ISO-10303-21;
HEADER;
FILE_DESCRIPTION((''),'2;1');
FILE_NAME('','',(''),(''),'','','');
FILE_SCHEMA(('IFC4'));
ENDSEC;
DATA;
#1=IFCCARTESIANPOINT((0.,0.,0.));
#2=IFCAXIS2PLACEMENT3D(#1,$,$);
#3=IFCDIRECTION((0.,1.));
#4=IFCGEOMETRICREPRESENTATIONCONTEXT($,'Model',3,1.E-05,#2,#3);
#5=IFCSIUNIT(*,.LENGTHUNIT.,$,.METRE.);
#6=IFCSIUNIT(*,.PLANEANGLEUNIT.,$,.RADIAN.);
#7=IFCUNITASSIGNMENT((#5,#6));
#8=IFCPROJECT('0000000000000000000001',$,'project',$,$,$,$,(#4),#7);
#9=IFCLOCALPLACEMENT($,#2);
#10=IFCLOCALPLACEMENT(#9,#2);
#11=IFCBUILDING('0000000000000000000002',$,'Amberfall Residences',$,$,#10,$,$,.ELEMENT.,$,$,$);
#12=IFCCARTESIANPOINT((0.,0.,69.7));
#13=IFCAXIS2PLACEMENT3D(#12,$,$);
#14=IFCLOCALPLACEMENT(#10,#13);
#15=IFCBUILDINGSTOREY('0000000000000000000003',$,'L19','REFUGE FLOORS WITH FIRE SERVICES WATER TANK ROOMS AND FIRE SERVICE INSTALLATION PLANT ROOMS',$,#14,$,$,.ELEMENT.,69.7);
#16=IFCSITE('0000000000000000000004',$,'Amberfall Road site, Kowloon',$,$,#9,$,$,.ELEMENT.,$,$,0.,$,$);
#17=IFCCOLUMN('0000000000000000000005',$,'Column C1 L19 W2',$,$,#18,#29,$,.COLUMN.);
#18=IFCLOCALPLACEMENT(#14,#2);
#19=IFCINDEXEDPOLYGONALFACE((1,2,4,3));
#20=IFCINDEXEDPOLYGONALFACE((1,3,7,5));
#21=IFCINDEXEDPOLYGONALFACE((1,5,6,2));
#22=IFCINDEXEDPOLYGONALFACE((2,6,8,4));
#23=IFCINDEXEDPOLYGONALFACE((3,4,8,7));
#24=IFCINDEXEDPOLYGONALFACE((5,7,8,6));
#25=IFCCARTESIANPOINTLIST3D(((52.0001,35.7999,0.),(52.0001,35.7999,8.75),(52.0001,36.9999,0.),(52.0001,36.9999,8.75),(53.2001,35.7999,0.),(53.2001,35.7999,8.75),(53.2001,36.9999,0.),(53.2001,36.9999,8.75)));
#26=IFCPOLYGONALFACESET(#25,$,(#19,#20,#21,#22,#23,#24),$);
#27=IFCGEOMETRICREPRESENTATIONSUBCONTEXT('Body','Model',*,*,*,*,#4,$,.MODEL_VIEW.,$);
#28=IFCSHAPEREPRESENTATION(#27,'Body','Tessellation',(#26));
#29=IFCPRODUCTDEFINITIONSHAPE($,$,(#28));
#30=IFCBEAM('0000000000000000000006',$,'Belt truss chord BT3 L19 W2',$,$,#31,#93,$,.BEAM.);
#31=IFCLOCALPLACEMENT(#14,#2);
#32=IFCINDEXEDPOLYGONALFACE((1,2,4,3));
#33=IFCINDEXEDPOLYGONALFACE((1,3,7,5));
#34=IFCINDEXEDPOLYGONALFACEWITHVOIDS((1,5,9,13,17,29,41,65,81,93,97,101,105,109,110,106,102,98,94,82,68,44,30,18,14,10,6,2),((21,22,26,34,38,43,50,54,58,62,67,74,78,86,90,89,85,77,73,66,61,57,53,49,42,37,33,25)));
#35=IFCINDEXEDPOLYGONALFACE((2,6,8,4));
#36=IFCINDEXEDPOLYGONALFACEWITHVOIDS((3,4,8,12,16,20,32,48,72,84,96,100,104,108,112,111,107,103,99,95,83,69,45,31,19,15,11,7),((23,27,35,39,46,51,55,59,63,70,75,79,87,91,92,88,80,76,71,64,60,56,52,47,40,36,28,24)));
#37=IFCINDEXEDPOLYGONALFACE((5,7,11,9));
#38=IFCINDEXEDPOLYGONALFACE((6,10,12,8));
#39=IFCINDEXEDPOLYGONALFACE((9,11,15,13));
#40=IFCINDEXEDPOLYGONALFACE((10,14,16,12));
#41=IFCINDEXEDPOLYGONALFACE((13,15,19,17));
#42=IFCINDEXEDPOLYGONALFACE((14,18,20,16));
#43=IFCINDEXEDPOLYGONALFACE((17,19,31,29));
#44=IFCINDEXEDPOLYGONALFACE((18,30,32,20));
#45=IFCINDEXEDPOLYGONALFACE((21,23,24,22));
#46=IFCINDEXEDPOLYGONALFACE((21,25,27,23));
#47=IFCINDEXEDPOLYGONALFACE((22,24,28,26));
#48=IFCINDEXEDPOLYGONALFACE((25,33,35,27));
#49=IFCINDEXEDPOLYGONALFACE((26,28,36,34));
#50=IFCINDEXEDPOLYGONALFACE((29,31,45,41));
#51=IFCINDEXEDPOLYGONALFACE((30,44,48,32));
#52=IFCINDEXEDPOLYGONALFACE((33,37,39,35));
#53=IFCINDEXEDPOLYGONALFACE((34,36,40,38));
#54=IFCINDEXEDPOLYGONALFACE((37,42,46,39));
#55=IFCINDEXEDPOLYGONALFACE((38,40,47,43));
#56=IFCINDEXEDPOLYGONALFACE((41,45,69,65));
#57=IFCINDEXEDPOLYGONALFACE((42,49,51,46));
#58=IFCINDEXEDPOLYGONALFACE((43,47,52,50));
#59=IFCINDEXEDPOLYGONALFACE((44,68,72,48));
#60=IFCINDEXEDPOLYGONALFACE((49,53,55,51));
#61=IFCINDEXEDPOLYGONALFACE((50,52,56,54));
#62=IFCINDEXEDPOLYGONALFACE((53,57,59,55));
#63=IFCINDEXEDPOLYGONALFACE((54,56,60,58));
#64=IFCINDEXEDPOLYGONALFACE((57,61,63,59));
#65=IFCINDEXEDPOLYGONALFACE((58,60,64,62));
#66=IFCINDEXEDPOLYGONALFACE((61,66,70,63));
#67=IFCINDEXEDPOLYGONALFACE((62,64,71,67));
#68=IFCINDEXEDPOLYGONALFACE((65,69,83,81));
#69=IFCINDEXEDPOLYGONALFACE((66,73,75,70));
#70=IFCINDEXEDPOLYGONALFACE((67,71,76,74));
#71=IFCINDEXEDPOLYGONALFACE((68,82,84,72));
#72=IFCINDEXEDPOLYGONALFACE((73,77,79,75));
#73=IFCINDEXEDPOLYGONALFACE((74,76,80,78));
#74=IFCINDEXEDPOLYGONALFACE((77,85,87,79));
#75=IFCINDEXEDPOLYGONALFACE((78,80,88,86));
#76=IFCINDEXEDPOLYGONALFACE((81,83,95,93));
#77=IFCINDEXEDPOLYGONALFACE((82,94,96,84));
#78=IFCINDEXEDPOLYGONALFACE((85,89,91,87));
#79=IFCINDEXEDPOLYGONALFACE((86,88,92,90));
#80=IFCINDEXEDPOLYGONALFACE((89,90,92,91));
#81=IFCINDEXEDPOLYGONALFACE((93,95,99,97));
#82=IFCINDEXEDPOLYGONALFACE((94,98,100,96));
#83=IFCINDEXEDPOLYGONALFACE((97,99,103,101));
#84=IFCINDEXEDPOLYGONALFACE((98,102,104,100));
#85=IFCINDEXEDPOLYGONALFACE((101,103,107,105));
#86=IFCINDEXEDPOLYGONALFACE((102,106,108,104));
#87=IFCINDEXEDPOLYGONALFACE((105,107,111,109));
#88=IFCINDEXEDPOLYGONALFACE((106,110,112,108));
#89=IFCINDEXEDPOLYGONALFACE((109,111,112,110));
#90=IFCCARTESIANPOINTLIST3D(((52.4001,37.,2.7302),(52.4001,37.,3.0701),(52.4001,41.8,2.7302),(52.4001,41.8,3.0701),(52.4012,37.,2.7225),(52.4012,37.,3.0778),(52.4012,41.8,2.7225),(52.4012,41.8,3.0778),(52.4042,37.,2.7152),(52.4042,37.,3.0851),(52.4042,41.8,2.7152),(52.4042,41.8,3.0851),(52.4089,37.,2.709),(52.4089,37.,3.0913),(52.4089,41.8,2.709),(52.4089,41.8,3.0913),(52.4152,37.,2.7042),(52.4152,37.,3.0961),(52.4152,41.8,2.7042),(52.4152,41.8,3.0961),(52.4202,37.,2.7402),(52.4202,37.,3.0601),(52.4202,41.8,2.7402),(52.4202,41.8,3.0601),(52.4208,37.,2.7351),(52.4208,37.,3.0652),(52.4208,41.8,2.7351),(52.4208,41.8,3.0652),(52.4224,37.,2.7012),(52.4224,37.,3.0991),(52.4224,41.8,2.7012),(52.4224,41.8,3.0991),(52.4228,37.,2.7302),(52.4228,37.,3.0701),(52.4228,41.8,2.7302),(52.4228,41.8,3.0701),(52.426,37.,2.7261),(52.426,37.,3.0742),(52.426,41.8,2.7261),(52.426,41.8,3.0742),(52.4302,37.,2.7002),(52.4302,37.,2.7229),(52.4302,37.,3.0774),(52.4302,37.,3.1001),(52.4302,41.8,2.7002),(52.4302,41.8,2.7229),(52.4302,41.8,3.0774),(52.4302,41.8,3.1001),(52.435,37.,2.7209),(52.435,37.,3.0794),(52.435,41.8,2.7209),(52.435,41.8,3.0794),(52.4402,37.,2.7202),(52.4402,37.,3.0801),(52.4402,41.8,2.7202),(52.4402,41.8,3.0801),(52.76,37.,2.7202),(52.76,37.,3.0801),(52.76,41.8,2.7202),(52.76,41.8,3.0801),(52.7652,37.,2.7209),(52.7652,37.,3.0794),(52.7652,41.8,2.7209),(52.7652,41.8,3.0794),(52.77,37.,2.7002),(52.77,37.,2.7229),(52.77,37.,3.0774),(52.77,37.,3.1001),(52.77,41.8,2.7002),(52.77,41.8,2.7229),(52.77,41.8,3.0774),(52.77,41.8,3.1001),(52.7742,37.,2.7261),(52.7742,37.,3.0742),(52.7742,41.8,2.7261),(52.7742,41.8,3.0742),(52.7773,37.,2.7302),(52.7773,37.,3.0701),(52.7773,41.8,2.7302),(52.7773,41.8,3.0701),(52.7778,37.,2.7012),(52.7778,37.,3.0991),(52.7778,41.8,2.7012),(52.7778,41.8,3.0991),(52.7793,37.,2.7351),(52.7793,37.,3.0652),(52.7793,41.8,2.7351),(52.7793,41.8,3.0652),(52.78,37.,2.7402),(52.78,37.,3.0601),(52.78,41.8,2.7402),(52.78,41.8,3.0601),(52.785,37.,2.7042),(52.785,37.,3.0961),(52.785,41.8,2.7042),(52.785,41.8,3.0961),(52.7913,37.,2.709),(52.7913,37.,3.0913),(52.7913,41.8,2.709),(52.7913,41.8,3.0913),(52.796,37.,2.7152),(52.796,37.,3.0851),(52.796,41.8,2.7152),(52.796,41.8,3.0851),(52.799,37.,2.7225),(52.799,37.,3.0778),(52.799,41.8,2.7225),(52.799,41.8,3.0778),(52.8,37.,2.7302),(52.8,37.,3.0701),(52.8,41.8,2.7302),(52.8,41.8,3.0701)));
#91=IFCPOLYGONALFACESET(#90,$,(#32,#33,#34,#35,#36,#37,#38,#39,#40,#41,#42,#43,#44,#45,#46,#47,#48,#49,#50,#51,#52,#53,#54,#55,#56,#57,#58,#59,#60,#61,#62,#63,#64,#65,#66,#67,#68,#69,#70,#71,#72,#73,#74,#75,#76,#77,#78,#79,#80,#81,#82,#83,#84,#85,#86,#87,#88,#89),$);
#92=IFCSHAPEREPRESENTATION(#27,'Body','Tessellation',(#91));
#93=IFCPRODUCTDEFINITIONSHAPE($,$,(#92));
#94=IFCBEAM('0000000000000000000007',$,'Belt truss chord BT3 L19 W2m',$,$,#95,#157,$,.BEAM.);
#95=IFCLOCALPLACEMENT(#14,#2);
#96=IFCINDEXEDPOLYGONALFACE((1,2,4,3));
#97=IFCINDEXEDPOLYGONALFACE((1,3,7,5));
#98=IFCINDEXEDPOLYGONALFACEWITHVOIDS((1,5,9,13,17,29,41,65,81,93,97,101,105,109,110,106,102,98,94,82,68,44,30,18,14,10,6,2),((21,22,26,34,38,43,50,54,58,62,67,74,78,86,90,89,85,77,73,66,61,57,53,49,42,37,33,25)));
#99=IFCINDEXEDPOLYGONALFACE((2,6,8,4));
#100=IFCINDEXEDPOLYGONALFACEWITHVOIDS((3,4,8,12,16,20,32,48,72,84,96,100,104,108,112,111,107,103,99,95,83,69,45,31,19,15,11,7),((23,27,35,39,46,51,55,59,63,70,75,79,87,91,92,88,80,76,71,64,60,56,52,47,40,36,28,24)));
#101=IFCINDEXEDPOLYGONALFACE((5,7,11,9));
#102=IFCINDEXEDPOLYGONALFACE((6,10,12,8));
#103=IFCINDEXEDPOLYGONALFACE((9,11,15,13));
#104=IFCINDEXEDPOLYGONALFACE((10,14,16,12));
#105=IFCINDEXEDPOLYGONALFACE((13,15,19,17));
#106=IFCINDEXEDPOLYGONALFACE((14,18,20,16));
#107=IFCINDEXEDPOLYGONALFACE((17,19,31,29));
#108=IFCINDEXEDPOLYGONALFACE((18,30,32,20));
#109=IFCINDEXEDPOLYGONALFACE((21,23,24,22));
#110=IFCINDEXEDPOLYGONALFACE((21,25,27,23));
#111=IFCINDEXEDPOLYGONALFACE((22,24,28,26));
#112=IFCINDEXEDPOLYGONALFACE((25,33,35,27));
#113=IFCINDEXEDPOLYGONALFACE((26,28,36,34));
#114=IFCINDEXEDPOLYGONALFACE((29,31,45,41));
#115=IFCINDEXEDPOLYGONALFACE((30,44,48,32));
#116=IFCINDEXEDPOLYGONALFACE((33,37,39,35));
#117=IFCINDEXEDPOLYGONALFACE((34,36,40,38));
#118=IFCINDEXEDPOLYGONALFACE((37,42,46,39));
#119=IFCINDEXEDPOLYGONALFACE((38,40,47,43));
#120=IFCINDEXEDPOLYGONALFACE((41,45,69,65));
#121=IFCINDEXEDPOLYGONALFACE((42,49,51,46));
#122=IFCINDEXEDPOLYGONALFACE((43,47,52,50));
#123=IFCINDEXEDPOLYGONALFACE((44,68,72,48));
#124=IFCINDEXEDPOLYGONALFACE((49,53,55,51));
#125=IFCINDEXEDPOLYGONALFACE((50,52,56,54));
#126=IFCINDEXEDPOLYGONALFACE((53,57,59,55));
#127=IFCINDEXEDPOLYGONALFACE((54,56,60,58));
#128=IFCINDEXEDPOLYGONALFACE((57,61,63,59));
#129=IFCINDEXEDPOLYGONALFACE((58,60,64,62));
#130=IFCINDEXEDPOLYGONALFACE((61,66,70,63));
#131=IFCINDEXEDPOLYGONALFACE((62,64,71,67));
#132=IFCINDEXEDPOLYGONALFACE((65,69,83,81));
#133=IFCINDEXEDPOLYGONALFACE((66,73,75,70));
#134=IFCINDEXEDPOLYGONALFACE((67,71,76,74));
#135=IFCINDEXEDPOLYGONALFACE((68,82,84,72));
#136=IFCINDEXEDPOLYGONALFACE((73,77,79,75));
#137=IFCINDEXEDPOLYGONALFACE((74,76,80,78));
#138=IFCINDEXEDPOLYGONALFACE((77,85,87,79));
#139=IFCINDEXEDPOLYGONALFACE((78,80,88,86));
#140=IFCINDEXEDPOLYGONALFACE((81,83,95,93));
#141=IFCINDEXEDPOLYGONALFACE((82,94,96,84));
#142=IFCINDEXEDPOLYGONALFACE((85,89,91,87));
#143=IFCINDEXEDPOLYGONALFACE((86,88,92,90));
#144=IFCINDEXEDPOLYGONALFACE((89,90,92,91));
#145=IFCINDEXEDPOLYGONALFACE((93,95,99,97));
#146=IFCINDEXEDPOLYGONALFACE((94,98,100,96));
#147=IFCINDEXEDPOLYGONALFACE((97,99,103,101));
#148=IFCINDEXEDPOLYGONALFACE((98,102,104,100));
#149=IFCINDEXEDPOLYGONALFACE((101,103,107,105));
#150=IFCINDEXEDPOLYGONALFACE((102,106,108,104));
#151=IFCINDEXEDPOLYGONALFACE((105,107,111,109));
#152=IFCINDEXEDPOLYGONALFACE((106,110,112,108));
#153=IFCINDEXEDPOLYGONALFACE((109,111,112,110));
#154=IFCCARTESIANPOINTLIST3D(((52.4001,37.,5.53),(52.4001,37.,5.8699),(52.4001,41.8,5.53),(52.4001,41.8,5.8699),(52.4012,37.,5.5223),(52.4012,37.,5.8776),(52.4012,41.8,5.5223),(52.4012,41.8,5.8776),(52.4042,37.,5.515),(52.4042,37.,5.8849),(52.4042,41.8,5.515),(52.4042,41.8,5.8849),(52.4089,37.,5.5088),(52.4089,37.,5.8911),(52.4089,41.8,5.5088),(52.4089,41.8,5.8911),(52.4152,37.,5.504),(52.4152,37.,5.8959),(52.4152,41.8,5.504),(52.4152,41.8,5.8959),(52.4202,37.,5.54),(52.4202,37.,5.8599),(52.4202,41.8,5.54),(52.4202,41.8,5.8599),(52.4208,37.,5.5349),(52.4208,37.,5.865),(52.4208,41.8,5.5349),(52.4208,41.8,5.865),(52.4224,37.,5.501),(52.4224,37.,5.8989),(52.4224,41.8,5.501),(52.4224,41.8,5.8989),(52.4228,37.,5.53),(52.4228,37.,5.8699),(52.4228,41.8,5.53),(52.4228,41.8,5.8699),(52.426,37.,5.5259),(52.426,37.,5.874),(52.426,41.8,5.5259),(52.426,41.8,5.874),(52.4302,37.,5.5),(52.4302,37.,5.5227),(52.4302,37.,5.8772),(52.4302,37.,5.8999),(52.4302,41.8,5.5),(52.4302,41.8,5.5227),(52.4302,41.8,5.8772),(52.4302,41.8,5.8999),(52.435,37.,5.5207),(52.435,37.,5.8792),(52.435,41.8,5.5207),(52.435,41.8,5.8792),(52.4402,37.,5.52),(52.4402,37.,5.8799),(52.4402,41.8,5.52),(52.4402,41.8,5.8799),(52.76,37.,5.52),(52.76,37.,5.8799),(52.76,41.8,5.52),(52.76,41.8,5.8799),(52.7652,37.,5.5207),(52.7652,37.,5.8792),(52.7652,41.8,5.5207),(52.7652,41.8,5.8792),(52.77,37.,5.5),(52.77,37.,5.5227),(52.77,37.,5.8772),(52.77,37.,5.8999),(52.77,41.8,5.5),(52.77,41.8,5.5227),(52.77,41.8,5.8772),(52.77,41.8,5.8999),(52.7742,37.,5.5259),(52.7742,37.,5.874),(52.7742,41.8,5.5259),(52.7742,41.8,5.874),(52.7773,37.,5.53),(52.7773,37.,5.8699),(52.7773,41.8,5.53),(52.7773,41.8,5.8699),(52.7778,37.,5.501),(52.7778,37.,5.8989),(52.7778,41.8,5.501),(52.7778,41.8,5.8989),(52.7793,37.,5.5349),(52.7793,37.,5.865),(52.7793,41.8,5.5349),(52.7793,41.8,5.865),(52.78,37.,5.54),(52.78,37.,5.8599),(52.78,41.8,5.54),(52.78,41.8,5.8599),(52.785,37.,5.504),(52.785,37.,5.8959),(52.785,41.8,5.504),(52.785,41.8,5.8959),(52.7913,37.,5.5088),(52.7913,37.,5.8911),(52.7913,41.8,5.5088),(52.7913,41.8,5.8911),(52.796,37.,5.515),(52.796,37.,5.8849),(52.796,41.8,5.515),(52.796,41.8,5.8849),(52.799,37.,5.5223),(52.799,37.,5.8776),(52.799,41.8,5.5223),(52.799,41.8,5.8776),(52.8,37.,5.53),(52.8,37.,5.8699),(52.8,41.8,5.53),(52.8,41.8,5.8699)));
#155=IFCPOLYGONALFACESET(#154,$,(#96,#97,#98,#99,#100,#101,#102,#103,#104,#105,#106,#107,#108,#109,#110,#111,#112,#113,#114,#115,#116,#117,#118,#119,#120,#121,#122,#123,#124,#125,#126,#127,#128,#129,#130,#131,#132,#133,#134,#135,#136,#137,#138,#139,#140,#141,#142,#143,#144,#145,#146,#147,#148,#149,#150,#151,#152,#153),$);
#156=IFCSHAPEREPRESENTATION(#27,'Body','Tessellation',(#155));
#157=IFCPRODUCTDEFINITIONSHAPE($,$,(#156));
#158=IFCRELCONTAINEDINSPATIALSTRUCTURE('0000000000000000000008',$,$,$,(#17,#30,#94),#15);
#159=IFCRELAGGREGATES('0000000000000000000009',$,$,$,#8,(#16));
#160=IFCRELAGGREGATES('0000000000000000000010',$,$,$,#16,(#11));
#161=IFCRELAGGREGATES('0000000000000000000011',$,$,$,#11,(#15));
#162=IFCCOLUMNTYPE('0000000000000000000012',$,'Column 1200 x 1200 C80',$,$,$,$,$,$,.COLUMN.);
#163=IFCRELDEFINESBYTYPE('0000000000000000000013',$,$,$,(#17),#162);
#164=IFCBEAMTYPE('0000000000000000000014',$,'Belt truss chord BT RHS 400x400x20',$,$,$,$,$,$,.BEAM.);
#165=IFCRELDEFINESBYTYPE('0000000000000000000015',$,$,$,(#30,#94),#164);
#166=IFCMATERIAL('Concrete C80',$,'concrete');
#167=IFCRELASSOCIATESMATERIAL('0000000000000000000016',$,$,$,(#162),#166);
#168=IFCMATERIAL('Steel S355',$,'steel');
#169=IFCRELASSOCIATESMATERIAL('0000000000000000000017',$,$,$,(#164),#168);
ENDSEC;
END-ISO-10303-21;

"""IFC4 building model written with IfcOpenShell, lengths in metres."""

from ifc_helpers import new_model, si_unit, direction, frame, origin, origin_2d, place, context, subcontext, project, spatial, rectangle, hollow_rectangle, extrude, material, material_profile, profile_set, type_object, element, save


model = new_model("IFC4")

# Units and contexts
model_context = context("Model", 3, precision=1e-05, world=origin(), true_north=direction((0.0, 1.0)))
body_context = subcontext(model_context, "Body", "Model", "MODEL_VIEW")
ifc_project = project(units=[si_unit("LENGTHUNIT", "METRE"), si_unit("PLANEANGLEUNIT", "RADIAN")], contexts=[model_context])

# Site, building, storey
site_placement = place(None, origin())
site = spatial("IfcSite", under=ifc_project, at=site_placement, Name="Amberfall Road site, Kowloon", CompositionType="ELEMENT", RefElevation=0.0)
building_placement = place(site_placement, origin())
building = spatial("IfcBuilding", under=site, at=building_placement, Name="Amberfall Residences", CompositionType="ELEMENT")
storey_placement = place(building_placement, frame((0.0, 0.0, 69.7)))
storey = spatial("IfcBuildingStorey", under=building, at=storey_placement, Name="L19", Description="REFUGE FLOORS WITH FIRE SERVICES WATER TANK ROOMS AND FIRE SERVICE INSTALLATION PLANT ROOMS", CompositionType="ELEMENT", Elevation=69.7)

# Column
ifc_material_1 = material(Name="Concrete C80", Category="concrete")
ifc_material_profile_1 = material_profile(ifc_material_1, rectangle(XDim=1.2, YDim=1.2, at=origin_2d()), Name="Column 1200 x 1200 C80")
ifc_profile_set_1 = profile_set([ifc_material_profile_1], Name="Concrete C80")
column_type = type_object("IfcColumnType", Name="Column 1200 x 1200 C80", PredefinedType="COLUMN", material=ifc_profile_set_1)
column_placement = place(storey_placement, frame((52.6001, 36.3999, 0.0), z_axis=(0.0, 0.0, 1.0), x_axis=(1.0, 0.0, 0.0)))
element("IfcColumn", 1, at=column_placement, inside=storey, type_object=column_type, Name="Column C1 L19 W2", PredefinedType="COLUMN", context=body_context, shape_type="SweptSolid", body=[
    extrude(rectangle(XDim=1.2, YDim=1.2, at=origin_2d()), origin(), (0.0, 0.0, 1.0), 8.75),
])

# Beams
ifc_material_2 = material(Name="Steel S355", Category="steel")
ifc_material_profile_2 = material_profile(ifc_material_2, hollow_rectangle(XDim=0.3999, YDim=0.3999, WallThickness=0.02, InnerFilletRadius=0.02, OuterFilletRadius=0.03, at=origin_2d()), Name="RHS 400x400x20")
ifc_profile_set_2 = profile_set([ifc_material_profile_2], Name="Steel S355")
beam_type_1 = type_object("IfcBeamType", Name="Belt truss chord BT RHS 400x400x20", PredefinedType="BEAM", material=ifc_profile_set_2)
for number, where, z_axis, x_axis, name in (
    (2, (52.6001, 37.0, 2.9001), (0.0, 1.0, 0.0), (-1.0, 0.0, 0.0), "Belt truss chord BT3 L19 W2"),
    (3, (52.6001, 37.0, 5.7), (0.0, 1.0, 0.0), (-1.0, 0.0, 0.0), "Belt truss chord BT3 L19 W2m"),
):
    element("IfcBeam", number, at=place(storey_placement, frame(where, z_axis=z_axis, x_axis=x_axis)), inside=storey, type_object=beam_type_1, Name=name, PredefinedType="BEAM", context=body_context, shape_type="SweptSolid", body=[
        extrude(hollow_rectangle(XDim=0.3999, YDim=0.3999, WallThickness=0.02, InnerFilletRadius=0.02, OuterFilletRadius=0.03, at=origin_2d()), origin(), (0.0, 0.0, 1.0), 4.8),
    ])

save(model, "model.ifc")
